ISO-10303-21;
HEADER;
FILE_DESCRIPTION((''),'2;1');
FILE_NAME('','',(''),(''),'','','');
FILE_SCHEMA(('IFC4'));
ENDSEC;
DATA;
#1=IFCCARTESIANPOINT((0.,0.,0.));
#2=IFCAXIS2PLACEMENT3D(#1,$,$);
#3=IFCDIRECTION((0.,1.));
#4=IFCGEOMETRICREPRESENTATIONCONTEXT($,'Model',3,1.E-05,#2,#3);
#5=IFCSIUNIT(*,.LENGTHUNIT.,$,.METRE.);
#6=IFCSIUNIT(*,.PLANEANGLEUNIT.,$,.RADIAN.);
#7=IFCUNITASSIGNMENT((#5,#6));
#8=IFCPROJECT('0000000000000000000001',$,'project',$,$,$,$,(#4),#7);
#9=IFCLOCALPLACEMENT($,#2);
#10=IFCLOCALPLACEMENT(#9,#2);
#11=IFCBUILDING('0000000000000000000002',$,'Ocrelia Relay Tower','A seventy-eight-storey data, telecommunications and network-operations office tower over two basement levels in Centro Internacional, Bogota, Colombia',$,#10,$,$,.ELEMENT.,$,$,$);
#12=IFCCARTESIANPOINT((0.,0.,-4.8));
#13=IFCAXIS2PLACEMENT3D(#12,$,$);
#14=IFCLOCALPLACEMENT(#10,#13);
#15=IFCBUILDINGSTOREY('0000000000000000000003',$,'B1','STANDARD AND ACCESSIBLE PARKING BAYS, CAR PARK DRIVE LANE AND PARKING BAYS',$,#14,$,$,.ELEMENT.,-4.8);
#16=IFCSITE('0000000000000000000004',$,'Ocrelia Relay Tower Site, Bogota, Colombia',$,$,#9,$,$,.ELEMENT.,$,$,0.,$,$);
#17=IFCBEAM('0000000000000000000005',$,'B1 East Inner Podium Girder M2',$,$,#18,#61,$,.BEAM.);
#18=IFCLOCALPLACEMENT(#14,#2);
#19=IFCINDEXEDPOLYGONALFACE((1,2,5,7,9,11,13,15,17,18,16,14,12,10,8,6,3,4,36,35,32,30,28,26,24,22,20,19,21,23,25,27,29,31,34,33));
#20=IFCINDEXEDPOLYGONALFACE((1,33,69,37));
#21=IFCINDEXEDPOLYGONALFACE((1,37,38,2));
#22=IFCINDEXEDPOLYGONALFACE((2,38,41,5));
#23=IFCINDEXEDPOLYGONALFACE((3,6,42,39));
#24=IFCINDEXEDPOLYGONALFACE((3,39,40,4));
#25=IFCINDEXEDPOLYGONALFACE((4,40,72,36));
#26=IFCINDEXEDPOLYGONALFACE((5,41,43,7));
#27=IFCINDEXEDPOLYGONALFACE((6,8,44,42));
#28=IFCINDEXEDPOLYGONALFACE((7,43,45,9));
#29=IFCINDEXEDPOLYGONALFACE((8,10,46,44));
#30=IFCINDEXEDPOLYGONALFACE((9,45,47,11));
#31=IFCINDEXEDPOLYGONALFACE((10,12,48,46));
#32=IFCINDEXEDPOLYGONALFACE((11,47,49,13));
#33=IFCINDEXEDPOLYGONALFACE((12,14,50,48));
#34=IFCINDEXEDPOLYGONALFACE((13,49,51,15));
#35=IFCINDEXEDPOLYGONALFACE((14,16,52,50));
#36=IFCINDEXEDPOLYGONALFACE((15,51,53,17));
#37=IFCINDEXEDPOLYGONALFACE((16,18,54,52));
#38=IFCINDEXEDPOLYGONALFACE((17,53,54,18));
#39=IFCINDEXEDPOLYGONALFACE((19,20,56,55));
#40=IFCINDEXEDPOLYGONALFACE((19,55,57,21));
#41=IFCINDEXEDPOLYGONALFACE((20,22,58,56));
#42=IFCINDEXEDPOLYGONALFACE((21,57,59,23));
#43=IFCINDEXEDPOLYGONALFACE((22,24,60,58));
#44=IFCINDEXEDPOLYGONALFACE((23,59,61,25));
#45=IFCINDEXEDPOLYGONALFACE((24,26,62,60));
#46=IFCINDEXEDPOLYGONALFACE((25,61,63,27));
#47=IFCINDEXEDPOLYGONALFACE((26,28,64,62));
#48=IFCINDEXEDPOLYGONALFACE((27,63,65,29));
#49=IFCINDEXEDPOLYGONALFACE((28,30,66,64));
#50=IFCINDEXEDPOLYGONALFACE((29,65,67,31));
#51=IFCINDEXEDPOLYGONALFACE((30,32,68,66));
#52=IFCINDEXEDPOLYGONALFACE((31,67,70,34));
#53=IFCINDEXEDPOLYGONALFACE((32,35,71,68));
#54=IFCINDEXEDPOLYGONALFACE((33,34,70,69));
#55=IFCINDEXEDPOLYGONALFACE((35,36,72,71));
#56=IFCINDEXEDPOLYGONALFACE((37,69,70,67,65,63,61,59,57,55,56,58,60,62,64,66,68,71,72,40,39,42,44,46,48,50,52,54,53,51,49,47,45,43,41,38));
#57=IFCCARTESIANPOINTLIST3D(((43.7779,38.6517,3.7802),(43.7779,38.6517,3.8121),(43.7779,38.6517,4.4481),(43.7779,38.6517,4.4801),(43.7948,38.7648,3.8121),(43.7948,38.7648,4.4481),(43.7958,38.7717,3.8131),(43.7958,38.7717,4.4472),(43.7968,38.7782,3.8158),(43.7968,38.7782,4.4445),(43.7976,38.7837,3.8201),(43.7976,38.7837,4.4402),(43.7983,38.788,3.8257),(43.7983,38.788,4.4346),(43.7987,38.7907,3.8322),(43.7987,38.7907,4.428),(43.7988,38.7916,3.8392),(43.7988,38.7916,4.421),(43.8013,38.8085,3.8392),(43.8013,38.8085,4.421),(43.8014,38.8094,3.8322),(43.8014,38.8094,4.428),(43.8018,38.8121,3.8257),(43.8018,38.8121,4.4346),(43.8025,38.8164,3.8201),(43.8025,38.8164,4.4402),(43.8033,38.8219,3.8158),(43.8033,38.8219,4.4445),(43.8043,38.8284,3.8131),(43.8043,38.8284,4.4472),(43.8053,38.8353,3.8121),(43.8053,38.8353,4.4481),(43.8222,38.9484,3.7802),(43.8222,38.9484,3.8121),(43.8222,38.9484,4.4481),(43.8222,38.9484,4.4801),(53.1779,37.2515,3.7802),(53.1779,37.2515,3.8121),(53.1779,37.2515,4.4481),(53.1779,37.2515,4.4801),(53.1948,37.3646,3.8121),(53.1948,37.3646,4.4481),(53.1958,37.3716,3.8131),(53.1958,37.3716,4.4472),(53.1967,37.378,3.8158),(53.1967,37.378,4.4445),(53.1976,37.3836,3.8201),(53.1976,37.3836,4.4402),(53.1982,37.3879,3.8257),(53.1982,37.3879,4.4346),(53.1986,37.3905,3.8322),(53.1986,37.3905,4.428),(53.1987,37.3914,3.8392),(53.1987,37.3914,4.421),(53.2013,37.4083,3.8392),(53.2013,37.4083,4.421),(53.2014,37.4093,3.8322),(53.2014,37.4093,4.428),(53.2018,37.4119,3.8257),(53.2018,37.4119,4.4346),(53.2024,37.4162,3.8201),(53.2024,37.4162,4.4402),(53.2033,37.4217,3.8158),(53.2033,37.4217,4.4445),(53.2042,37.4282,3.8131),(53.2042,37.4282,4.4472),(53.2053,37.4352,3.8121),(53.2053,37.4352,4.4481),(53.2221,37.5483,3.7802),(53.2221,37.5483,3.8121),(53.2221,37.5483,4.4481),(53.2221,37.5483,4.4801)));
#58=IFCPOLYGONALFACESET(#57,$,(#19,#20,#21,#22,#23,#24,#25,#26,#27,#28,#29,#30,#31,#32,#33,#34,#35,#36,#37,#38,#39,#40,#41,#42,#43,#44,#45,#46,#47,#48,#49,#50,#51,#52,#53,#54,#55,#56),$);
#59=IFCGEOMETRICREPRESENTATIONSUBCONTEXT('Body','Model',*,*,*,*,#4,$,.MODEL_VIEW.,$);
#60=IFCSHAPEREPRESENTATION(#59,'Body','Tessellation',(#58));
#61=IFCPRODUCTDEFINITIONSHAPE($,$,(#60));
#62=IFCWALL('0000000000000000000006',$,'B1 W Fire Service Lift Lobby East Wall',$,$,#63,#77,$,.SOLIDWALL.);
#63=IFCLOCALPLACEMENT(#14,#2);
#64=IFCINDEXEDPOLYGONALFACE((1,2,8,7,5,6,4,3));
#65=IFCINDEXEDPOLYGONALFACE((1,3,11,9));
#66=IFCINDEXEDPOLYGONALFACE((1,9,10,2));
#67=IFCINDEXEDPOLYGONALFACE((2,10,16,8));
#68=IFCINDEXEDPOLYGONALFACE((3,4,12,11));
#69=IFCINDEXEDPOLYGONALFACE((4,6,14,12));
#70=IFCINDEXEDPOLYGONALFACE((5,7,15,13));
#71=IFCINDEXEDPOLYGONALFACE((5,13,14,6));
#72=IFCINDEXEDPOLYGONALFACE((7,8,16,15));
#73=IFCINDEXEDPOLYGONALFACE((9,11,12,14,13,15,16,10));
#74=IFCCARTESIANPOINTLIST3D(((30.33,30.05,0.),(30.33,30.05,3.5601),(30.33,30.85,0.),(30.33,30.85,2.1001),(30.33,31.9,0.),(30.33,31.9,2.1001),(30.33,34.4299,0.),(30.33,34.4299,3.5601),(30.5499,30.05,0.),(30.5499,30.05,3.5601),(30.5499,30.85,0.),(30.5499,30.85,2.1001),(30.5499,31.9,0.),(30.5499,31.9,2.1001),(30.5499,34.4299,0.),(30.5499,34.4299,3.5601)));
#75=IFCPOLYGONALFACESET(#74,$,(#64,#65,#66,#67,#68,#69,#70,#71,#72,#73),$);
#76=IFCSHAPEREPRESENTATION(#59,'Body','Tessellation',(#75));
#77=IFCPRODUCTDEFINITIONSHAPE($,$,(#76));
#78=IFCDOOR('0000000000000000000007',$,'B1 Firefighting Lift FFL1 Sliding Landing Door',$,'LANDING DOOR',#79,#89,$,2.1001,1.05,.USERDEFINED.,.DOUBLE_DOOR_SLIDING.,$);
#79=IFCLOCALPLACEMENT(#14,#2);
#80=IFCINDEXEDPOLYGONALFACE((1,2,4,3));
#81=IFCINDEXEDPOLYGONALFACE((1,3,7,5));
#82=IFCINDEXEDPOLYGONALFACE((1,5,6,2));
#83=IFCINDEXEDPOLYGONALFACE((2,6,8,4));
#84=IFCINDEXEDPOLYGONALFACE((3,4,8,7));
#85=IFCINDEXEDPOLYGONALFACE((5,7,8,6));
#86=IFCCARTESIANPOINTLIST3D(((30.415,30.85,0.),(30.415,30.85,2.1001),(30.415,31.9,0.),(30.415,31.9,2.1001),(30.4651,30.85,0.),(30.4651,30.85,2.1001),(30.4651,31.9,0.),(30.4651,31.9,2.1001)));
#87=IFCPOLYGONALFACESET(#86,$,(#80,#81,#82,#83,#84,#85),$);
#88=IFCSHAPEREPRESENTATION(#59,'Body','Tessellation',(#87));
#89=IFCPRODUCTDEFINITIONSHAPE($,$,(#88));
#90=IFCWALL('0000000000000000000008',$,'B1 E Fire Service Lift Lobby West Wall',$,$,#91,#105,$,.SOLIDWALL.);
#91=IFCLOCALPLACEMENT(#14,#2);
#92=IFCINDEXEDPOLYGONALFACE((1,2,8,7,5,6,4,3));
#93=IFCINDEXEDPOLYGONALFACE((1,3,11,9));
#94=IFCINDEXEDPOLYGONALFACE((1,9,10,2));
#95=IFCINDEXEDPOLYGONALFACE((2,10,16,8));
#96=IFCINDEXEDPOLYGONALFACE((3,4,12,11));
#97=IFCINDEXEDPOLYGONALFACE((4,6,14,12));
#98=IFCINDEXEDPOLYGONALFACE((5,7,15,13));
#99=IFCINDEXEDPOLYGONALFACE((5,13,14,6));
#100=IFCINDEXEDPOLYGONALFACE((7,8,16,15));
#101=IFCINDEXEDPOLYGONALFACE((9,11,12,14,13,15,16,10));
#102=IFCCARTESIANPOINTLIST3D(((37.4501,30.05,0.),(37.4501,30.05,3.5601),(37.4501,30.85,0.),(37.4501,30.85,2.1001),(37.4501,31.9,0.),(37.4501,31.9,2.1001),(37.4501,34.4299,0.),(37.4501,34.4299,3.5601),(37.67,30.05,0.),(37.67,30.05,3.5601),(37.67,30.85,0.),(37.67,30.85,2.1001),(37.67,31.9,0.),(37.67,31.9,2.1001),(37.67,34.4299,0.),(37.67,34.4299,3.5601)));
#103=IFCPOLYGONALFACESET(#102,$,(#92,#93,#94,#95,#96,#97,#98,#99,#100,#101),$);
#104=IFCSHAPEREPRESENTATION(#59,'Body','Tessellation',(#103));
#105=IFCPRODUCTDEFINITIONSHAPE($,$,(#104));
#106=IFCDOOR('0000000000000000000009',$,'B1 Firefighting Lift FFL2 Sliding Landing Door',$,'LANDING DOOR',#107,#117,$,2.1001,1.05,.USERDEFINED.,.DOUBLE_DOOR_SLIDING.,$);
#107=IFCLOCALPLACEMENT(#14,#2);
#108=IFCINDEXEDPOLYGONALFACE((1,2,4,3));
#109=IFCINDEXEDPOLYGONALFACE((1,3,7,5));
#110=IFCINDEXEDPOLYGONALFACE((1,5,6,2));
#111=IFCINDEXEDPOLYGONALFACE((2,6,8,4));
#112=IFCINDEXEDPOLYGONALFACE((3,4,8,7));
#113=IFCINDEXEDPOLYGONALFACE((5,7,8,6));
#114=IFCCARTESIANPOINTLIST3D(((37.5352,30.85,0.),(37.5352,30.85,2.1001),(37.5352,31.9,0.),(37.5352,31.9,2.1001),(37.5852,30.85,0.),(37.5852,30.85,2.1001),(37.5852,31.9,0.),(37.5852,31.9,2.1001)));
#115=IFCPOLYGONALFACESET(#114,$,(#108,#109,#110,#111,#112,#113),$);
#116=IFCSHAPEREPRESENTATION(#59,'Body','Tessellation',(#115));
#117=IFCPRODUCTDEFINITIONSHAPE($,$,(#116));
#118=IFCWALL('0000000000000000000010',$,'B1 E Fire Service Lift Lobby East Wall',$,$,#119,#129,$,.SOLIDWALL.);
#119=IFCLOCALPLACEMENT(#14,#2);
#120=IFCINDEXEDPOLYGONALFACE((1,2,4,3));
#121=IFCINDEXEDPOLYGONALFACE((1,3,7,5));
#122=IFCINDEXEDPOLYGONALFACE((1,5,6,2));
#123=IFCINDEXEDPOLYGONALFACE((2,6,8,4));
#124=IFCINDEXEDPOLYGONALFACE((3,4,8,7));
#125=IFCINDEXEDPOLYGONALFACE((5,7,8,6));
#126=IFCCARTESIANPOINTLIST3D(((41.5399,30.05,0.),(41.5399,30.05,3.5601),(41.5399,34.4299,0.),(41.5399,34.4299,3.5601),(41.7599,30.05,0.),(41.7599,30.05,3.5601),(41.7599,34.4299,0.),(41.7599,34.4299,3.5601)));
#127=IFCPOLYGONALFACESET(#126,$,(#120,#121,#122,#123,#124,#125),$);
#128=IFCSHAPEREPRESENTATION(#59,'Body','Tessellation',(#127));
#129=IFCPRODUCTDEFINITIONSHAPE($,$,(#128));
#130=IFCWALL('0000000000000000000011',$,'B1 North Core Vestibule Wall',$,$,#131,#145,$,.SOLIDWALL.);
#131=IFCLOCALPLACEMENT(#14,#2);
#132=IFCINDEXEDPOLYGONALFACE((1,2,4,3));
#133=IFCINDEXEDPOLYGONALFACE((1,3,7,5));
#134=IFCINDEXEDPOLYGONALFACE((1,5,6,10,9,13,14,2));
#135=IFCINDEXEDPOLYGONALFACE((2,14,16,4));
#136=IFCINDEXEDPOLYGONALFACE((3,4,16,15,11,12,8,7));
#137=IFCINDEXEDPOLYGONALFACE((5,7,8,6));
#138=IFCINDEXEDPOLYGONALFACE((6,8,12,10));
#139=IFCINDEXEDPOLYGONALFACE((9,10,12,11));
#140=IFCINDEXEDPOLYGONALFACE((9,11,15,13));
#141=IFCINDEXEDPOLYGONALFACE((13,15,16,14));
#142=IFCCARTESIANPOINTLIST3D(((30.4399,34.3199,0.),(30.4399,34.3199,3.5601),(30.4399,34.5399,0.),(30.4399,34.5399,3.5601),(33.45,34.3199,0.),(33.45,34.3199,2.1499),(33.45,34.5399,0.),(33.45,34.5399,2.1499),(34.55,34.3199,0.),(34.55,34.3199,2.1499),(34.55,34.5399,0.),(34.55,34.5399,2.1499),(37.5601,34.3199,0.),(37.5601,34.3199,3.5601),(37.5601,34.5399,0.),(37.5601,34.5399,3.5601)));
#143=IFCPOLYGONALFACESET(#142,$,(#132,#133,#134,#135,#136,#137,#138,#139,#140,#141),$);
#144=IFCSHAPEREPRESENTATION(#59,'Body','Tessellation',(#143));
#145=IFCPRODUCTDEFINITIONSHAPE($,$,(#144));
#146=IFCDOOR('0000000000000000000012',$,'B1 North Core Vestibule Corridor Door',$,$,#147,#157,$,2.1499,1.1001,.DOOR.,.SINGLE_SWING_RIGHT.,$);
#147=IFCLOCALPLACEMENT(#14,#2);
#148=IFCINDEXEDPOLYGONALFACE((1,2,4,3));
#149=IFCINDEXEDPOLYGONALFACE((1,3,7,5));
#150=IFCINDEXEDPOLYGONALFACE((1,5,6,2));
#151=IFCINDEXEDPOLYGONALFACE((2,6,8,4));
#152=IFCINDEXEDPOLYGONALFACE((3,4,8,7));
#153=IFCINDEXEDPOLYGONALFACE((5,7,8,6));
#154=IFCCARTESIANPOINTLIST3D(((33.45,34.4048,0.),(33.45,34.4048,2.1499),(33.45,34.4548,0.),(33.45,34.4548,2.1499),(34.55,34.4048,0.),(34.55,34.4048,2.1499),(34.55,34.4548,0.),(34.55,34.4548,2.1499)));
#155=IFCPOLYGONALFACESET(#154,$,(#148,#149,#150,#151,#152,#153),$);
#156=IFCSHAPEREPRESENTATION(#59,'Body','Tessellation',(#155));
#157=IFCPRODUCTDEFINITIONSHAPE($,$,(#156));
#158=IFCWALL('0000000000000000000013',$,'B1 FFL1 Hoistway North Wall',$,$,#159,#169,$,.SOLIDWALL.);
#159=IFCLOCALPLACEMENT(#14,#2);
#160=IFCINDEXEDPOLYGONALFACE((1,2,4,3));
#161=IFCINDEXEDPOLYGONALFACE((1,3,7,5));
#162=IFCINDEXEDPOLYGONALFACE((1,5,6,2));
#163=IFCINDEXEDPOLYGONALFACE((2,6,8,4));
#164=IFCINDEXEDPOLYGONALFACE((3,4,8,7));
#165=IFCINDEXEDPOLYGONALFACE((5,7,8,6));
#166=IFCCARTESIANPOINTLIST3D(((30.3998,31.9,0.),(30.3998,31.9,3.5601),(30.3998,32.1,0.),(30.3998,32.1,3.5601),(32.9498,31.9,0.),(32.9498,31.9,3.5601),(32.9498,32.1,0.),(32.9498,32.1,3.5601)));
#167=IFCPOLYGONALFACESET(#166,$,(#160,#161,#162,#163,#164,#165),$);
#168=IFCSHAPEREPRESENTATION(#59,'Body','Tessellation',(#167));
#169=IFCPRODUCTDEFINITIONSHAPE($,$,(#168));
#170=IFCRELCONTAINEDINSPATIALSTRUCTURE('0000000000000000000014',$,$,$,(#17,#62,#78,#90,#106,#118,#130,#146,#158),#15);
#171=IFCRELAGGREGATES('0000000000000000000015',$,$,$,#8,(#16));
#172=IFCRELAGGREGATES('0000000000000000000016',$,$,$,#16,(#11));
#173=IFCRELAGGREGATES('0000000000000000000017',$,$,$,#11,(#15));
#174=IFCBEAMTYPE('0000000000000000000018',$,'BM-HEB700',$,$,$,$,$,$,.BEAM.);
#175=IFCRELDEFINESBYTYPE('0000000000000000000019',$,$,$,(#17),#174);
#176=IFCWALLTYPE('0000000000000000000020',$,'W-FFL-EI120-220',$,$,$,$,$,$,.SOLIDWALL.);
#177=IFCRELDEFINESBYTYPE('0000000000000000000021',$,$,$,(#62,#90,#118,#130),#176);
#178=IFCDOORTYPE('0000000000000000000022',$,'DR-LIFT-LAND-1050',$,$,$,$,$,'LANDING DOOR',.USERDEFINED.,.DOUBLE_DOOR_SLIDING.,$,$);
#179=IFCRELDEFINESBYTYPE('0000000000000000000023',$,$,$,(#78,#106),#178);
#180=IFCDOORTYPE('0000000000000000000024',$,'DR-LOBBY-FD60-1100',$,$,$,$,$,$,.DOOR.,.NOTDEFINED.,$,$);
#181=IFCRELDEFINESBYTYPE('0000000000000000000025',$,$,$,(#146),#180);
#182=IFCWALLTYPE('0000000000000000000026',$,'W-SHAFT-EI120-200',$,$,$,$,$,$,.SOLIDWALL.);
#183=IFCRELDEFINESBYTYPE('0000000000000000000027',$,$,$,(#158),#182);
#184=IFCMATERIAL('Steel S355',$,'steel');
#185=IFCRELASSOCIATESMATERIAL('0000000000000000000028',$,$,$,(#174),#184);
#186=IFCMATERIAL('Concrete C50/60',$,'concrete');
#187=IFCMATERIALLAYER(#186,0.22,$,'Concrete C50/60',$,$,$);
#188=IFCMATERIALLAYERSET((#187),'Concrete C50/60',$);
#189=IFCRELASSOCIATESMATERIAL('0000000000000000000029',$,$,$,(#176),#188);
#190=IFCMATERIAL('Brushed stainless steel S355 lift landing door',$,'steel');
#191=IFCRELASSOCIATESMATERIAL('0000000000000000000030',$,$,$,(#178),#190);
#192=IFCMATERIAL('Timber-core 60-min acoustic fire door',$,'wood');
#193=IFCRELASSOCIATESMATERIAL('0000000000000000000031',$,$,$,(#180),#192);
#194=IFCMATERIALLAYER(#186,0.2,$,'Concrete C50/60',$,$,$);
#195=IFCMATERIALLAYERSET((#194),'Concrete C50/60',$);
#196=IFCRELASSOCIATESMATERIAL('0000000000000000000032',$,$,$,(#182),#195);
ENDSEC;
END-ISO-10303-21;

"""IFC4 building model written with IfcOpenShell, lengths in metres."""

from ifc_helpers import new_model, si_unit, direction, frame, frame_2d, origin, origin_2d, place, context, subcontext, project, spatial, rectangle, i_section, extrude, material, layer, layer_set, material_profile, profile_set, type_object, element, fill, save


model = new_model("IFC4")

# Units and contexts
model_context = context("Model", 3, precision=1e-05, world=origin(), true_north=direction((0.0, 1.0)))
body_context = subcontext(model_context, "Body", "Model", "MODEL_VIEW")
ifc_project = project(units=[si_unit("LENGTHUNIT", "METRE"), si_unit("PLANEANGLEUNIT", "RADIAN")], contexts=[model_context])

# Site, building, storey
site_placement = place(None, origin())
site = spatial("IfcSite", under=ifc_project, at=site_placement, Name="Ocrelia Relay Tower Site, Bogota, Colombia", CompositionType="ELEMENT", RefElevation=0.0)
building_placement = place(site_placement, origin())
building = spatial("IfcBuilding", under=site, at=building_placement, Name="Ocrelia Relay Tower", Description="A seventy-eight-storey data, telecommunications and network-operations office tower over two basement levels in Centro Internacional, Bogota, Colombia", CompositionType="ELEMENT")
storey_placement = place(building_placement, frame((0.0, 0.0, -4.8)))
storey = spatial("IfcBuildingStorey", under=building, at=storey_placement, Name="B1", Description="STANDARD AND ACCESSIBLE PARKING BAYS, CAR PARK DRIVE LANE AND PARKING BAYS", CompositionType="ELEMENT", Elevation=-4.8)

# Beam
ifc_material_1 = material(Name="Steel S355", Category="steel")
ifc_material_profile_1 = material_profile(ifc_material_1, i_section(OverallWidth=0.3, OverallDepth=0.7, WebThickness=0.0171, FlangeThickness=0.032, FilletRadius=0.0271, at=origin_2d()), Name="HEB 700")
ifc_profile_set_1 = profile_set([ifc_material_profile_1], Name="Steel S355")
beam_type_1 = type_object("IfcBeamType", Name="BM-HEB700", PredefinedType="BEAM", material=ifc_profile_set_1)
beam_1_placement = place(storey_placement, frame((43.8, 38.8, 4.1301), z_axis=(0.989088, -0.147328, 0.0), x_axis=(0.147328, 0.989088, 0.0)))
element("IfcBeam", 1, at=beam_1_placement, inside=storey, type_object=beam_type_1, Name="B1 East Inner Podium Girder M2", PredefinedType="BEAM", context=body_context, shape_type="SweptSolid", body=[
    extrude(i_section(OverallWidth=0.3, OverallDepth=0.7, WebThickness=0.0171, FlangeThickness=0.032, FilletRadius=0.0271, at=origin_2d()), origin(), (0.0, 0.0, 1.0), 9.5037),
])

# Walls, openings, doors
ifc_material_2 = material(Name="Concrete C50/60", Category="concrete")
ifc_layer_1 = layer(ifc_material_2, 0.22, Name="Concrete C50/60")
ifc_layer_set_1 = layer_set([ifc_layer_1], Name="Concrete C50/60")
wall_type_1 = type_object("IfcWallType", Name="W-FFL-EI120-220", PredefinedType="SOLIDWALL", material=ifc_layer_set_1)
wall_1_placement = place(storey_placement, frame((30.4399, 30.05, 0.0), z_axis=(0.0, 0.0, 1.0), x_axis=(0.0, 1.0, 0.0)))
wall_1 = element("IfcWall", 2, at=wall_1_placement, inside=storey, type_object=wall_type_1, Name="B1 W Fire Service Lift Lobby East Wall", PredefinedType="SOLIDWALL", context=body_context, shape_type="SweptSolid", body=[
    extrude(rectangle(XDim=4.3799, YDim=0.22, at=frame_2d((2.1899, 0.0))), origin(), (0.0, 0.0, 1.0), 3.5601),
])
opening_1_placement = place(wall_1_placement, frame((0.8, 0.0, 0.0)))
opening_1 = element("IfcOpeningElement", 3, at=opening_1_placement, cuts=wall_1, PredefinedType="OPENING", context=body_context, shape_type="SweptSolid", body=[
    extrude(rectangle(XDim=1.05, YDim=2.1001, at=frame_2d((0.5249, 1.05))), frame((0.0, 0.1201, 0.0), z_axis=(0.0, -1.0, 0.0), x_axis=(1.0, 0.0, 0.0)), (0.0, 0.0, 1.0), 0.24),
])
ifc_material_3 = material(Name="Brushed stainless steel S355 lift landing door", Category="steel")
door_type_1 = type_object("IfcDoorType", Name="DR-LIFT-LAND-1050", ElementType="LANDING DOOR", OperationType="DOUBLE_DOOR_SLIDING", PredefinedType="USERDEFINED", material=ifc_material_3)
door_1_placement = place(opening_1_placement, origin())
door_1 = element("IfcDoor", 4, at=door_1_placement, inside=storey, type_object=door_type_1, Name="B1 Firefighting Lift FFL1 Sliding Landing Door", ObjectType="LANDING DOOR", OperationType="DOUBLE_DOOR_SLIDING", OverallHeight=2.1001, OverallWidth=1.05, PredefinedType="USERDEFINED", context=body_context, shape_type="SweptSolid", body=[
    extrude(rectangle(XDim=1.05, YDim=2.1001, at=frame_2d((0.5249, 1.05))), frame((0.0, 0.0249, 0.0), z_axis=(0.0, -1.0, 0.0), x_axis=(1.0, 0.0, 0.0)), (0.0, 0.0, 1.0), 0.05),
])
fill(opening_1, door_1)
wall_2_placement = place(storey_placement, frame((37.5601, 30.05, 0.0), z_axis=(0.0, 0.0, 1.0), x_axis=(0.0, 1.0, 0.0)))
wall_2 = element("IfcWall", 5, at=wall_2_placement, inside=storey, type_object=wall_type_1, Name="B1 E Fire Service Lift Lobby West Wall", PredefinedType="SOLIDWALL", context=body_context, shape_type="SweptSolid", body=[
    extrude(rectangle(XDim=4.3799, YDim=0.22, at=frame_2d((2.1899, 0.0))), origin(), (0.0, 0.0, 1.0), 3.5601),
])
opening_2_placement = place(wall_2_placement, frame((0.8, 0.0, 0.0)))
opening_2 = element("IfcOpeningElement", 6, at=opening_2_placement, cuts=wall_2, PredefinedType="OPENING", context=body_context, shape_type="SweptSolid", body=[
    extrude(rectangle(XDim=1.05, YDim=2.1001, at=frame_2d((0.5249, 1.05))), frame((0.0, 0.1201, 0.0), z_axis=(0.0, -1.0, 0.0), x_axis=(1.0, 0.0, 0.0)), (0.0, 0.0, 1.0), 0.24),
])
door_2_placement = place(opening_2_placement, origin())
door_2 = element("IfcDoor", 7, at=door_2_placement, inside=storey, type_object=door_type_1, Name="B1 Firefighting Lift FFL2 Sliding Landing Door", ObjectType="LANDING DOOR", OperationType="DOUBLE_DOOR_SLIDING", OverallHeight=2.1001, OverallWidth=1.05, PredefinedType="USERDEFINED", context=body_context, shape_type="SweptSolid", body=[
    extrude(rectangle(XDim=1.05, YDim=2.1001, at=frame_2d((0.5249, 1.05))), frame((0.0, 0.0249, 0.0), z_axis=(0.0, -1.0, 0.0), x_axis=(1.0, 0.0, 0.0)), (0.0, 0.0, 1.0), 0.05),
])
fill(opening_2, door_2)

# Wall
wall_3_placement = place(storey_placement, frame((41.6499, 30.05, 0.0), z_axis=(0.0, 0.0, 1.0), x_axis=(0.0, 1.0, 0.0)))
element("IfcWall", 8, at=wall_3_placement, inside=storey, type_object=wall_type_1, Name="B1 E Fire Service Lift Lobby East Wall", PredefinedType="SOLIDWALL", context=body_context, shape_type="SweptSolid", body=[
    extrude(rectangle(XDim=4.3799, YDim=0.22, at=frame_2d((2.1899, 0.0))), origin(), (0.0, 0.0, 1.0), 3.5601),
])

# Wall, opening, door
ifc_material_4 = material(Name="Timber-core 60-min acoustic fire door", Category="wood")
door_type_2 = type_object("IfcDoorType", Name="DR-LOBBY-FD60-1100", OperationType="NOTDEFINED", PredefinedType="DOOR", material=ifc_material_4)
wall_4_placement = place(storey_placement, frame((30.4399, 34.4299, 0.0), z_axis=(0.0, 0.0, 1.0), x_axis=(1.0, 0.0, 0.0)))
wall_4 = element("IfcWall", 9, at=wall_4_placement, inside=storey, type_object=wall_type_1, Name="B1 North Core Vestibule Wall", PredefinedType="SOLIDWALL", context=body_context, shape_type="SweptSolid", body=[
    extrude(rectangle(XDim=7.1201, YDim=0.22, at=frame_2d((3.5601, 0.0))), origin(), (0.0, 0.0, 1.0), 3.5601),
])
opening_3_placement = place(wall_4_placement, frame((3.01, 0.0, 0.0)))
opening_3 = element("IfcOpeningElement", 10, at=opening_3_placement, cuts=wall_4, PredefinedType="OPENING", context=body_context, shape_type="SweptSolid", body=[
    extrude(rectangle(XDim=1.1001, YDim=2.1499, at=frame_2d((0.55, 1.075))), frame((0.0, 0.1201, 0.0), z_axis=(0.0, -1.0, 0.0), x_axis=(1.0, 0.0, 0.0)), (0.0, 0.0, 1.0), 0.24),
])
door_3_placement = place(opening_3_placement, origin())
door_3 = element("IfcDoor", 11, at=door_3_placement, inside=storey, type_object=door_type_2, Name="B1 North Core Vestibule Corridor Door", OperationType="SINGLE_SWING_RIGHT", OverallHeight=2.1499, OverallWidth=1.1001, PredefinedType="DOOR", context=body_context, shape_type="SweptSolid", body=[
    extrude(rectangle(XDim=1.1001, YDim=2.1499, at=frame_2d((0.55, 1.075))), frame((0.0, 0.0249, 0.0), z_axis=(0.0, -1.0, 0.0), x_axis=(1.0, 0.0, 0.0)), (0.0, 0.0, 1.0), 0.05),
])
fill(opening_3, door_3)

# Wall
ifc_layer_2 = layer(ifc_material_2, 0.2, Name="Concrete C50/60")
ifc_layer_set_2 = layer_set([ifc_layer_2], Name="Concrete C50/60")
wall_type_2 = type_object("IfcWallType", Name="W-SHAFT-EI120-200", PredefinedType="SOLIDWALL", material=ifc_layer_set_2)
wall_5_placement = place(storey_placement, frame((30.3999, 32.0, 0.0), z_axis=(0.0, 0.0, 1.0), x_axis=(1.0, 0.0, 0.0)))
element("IfcWall", 12, at=wall_5_placement, inside=storey, type_object=wall_type_2, Name="B1 FFL1 Hoistway North Wall", PredefinedType="SOLIDWALL", context=body_context, shape_type="SweptSolid", body=[
    extrude(rectangle(XDim=2.55, YDim=0.2, at=frame_2d((1.2749, 0.0))), origin(), (0.0, 0.0, 1.0), 3.5601),
])

save(model, "model.ifc")
